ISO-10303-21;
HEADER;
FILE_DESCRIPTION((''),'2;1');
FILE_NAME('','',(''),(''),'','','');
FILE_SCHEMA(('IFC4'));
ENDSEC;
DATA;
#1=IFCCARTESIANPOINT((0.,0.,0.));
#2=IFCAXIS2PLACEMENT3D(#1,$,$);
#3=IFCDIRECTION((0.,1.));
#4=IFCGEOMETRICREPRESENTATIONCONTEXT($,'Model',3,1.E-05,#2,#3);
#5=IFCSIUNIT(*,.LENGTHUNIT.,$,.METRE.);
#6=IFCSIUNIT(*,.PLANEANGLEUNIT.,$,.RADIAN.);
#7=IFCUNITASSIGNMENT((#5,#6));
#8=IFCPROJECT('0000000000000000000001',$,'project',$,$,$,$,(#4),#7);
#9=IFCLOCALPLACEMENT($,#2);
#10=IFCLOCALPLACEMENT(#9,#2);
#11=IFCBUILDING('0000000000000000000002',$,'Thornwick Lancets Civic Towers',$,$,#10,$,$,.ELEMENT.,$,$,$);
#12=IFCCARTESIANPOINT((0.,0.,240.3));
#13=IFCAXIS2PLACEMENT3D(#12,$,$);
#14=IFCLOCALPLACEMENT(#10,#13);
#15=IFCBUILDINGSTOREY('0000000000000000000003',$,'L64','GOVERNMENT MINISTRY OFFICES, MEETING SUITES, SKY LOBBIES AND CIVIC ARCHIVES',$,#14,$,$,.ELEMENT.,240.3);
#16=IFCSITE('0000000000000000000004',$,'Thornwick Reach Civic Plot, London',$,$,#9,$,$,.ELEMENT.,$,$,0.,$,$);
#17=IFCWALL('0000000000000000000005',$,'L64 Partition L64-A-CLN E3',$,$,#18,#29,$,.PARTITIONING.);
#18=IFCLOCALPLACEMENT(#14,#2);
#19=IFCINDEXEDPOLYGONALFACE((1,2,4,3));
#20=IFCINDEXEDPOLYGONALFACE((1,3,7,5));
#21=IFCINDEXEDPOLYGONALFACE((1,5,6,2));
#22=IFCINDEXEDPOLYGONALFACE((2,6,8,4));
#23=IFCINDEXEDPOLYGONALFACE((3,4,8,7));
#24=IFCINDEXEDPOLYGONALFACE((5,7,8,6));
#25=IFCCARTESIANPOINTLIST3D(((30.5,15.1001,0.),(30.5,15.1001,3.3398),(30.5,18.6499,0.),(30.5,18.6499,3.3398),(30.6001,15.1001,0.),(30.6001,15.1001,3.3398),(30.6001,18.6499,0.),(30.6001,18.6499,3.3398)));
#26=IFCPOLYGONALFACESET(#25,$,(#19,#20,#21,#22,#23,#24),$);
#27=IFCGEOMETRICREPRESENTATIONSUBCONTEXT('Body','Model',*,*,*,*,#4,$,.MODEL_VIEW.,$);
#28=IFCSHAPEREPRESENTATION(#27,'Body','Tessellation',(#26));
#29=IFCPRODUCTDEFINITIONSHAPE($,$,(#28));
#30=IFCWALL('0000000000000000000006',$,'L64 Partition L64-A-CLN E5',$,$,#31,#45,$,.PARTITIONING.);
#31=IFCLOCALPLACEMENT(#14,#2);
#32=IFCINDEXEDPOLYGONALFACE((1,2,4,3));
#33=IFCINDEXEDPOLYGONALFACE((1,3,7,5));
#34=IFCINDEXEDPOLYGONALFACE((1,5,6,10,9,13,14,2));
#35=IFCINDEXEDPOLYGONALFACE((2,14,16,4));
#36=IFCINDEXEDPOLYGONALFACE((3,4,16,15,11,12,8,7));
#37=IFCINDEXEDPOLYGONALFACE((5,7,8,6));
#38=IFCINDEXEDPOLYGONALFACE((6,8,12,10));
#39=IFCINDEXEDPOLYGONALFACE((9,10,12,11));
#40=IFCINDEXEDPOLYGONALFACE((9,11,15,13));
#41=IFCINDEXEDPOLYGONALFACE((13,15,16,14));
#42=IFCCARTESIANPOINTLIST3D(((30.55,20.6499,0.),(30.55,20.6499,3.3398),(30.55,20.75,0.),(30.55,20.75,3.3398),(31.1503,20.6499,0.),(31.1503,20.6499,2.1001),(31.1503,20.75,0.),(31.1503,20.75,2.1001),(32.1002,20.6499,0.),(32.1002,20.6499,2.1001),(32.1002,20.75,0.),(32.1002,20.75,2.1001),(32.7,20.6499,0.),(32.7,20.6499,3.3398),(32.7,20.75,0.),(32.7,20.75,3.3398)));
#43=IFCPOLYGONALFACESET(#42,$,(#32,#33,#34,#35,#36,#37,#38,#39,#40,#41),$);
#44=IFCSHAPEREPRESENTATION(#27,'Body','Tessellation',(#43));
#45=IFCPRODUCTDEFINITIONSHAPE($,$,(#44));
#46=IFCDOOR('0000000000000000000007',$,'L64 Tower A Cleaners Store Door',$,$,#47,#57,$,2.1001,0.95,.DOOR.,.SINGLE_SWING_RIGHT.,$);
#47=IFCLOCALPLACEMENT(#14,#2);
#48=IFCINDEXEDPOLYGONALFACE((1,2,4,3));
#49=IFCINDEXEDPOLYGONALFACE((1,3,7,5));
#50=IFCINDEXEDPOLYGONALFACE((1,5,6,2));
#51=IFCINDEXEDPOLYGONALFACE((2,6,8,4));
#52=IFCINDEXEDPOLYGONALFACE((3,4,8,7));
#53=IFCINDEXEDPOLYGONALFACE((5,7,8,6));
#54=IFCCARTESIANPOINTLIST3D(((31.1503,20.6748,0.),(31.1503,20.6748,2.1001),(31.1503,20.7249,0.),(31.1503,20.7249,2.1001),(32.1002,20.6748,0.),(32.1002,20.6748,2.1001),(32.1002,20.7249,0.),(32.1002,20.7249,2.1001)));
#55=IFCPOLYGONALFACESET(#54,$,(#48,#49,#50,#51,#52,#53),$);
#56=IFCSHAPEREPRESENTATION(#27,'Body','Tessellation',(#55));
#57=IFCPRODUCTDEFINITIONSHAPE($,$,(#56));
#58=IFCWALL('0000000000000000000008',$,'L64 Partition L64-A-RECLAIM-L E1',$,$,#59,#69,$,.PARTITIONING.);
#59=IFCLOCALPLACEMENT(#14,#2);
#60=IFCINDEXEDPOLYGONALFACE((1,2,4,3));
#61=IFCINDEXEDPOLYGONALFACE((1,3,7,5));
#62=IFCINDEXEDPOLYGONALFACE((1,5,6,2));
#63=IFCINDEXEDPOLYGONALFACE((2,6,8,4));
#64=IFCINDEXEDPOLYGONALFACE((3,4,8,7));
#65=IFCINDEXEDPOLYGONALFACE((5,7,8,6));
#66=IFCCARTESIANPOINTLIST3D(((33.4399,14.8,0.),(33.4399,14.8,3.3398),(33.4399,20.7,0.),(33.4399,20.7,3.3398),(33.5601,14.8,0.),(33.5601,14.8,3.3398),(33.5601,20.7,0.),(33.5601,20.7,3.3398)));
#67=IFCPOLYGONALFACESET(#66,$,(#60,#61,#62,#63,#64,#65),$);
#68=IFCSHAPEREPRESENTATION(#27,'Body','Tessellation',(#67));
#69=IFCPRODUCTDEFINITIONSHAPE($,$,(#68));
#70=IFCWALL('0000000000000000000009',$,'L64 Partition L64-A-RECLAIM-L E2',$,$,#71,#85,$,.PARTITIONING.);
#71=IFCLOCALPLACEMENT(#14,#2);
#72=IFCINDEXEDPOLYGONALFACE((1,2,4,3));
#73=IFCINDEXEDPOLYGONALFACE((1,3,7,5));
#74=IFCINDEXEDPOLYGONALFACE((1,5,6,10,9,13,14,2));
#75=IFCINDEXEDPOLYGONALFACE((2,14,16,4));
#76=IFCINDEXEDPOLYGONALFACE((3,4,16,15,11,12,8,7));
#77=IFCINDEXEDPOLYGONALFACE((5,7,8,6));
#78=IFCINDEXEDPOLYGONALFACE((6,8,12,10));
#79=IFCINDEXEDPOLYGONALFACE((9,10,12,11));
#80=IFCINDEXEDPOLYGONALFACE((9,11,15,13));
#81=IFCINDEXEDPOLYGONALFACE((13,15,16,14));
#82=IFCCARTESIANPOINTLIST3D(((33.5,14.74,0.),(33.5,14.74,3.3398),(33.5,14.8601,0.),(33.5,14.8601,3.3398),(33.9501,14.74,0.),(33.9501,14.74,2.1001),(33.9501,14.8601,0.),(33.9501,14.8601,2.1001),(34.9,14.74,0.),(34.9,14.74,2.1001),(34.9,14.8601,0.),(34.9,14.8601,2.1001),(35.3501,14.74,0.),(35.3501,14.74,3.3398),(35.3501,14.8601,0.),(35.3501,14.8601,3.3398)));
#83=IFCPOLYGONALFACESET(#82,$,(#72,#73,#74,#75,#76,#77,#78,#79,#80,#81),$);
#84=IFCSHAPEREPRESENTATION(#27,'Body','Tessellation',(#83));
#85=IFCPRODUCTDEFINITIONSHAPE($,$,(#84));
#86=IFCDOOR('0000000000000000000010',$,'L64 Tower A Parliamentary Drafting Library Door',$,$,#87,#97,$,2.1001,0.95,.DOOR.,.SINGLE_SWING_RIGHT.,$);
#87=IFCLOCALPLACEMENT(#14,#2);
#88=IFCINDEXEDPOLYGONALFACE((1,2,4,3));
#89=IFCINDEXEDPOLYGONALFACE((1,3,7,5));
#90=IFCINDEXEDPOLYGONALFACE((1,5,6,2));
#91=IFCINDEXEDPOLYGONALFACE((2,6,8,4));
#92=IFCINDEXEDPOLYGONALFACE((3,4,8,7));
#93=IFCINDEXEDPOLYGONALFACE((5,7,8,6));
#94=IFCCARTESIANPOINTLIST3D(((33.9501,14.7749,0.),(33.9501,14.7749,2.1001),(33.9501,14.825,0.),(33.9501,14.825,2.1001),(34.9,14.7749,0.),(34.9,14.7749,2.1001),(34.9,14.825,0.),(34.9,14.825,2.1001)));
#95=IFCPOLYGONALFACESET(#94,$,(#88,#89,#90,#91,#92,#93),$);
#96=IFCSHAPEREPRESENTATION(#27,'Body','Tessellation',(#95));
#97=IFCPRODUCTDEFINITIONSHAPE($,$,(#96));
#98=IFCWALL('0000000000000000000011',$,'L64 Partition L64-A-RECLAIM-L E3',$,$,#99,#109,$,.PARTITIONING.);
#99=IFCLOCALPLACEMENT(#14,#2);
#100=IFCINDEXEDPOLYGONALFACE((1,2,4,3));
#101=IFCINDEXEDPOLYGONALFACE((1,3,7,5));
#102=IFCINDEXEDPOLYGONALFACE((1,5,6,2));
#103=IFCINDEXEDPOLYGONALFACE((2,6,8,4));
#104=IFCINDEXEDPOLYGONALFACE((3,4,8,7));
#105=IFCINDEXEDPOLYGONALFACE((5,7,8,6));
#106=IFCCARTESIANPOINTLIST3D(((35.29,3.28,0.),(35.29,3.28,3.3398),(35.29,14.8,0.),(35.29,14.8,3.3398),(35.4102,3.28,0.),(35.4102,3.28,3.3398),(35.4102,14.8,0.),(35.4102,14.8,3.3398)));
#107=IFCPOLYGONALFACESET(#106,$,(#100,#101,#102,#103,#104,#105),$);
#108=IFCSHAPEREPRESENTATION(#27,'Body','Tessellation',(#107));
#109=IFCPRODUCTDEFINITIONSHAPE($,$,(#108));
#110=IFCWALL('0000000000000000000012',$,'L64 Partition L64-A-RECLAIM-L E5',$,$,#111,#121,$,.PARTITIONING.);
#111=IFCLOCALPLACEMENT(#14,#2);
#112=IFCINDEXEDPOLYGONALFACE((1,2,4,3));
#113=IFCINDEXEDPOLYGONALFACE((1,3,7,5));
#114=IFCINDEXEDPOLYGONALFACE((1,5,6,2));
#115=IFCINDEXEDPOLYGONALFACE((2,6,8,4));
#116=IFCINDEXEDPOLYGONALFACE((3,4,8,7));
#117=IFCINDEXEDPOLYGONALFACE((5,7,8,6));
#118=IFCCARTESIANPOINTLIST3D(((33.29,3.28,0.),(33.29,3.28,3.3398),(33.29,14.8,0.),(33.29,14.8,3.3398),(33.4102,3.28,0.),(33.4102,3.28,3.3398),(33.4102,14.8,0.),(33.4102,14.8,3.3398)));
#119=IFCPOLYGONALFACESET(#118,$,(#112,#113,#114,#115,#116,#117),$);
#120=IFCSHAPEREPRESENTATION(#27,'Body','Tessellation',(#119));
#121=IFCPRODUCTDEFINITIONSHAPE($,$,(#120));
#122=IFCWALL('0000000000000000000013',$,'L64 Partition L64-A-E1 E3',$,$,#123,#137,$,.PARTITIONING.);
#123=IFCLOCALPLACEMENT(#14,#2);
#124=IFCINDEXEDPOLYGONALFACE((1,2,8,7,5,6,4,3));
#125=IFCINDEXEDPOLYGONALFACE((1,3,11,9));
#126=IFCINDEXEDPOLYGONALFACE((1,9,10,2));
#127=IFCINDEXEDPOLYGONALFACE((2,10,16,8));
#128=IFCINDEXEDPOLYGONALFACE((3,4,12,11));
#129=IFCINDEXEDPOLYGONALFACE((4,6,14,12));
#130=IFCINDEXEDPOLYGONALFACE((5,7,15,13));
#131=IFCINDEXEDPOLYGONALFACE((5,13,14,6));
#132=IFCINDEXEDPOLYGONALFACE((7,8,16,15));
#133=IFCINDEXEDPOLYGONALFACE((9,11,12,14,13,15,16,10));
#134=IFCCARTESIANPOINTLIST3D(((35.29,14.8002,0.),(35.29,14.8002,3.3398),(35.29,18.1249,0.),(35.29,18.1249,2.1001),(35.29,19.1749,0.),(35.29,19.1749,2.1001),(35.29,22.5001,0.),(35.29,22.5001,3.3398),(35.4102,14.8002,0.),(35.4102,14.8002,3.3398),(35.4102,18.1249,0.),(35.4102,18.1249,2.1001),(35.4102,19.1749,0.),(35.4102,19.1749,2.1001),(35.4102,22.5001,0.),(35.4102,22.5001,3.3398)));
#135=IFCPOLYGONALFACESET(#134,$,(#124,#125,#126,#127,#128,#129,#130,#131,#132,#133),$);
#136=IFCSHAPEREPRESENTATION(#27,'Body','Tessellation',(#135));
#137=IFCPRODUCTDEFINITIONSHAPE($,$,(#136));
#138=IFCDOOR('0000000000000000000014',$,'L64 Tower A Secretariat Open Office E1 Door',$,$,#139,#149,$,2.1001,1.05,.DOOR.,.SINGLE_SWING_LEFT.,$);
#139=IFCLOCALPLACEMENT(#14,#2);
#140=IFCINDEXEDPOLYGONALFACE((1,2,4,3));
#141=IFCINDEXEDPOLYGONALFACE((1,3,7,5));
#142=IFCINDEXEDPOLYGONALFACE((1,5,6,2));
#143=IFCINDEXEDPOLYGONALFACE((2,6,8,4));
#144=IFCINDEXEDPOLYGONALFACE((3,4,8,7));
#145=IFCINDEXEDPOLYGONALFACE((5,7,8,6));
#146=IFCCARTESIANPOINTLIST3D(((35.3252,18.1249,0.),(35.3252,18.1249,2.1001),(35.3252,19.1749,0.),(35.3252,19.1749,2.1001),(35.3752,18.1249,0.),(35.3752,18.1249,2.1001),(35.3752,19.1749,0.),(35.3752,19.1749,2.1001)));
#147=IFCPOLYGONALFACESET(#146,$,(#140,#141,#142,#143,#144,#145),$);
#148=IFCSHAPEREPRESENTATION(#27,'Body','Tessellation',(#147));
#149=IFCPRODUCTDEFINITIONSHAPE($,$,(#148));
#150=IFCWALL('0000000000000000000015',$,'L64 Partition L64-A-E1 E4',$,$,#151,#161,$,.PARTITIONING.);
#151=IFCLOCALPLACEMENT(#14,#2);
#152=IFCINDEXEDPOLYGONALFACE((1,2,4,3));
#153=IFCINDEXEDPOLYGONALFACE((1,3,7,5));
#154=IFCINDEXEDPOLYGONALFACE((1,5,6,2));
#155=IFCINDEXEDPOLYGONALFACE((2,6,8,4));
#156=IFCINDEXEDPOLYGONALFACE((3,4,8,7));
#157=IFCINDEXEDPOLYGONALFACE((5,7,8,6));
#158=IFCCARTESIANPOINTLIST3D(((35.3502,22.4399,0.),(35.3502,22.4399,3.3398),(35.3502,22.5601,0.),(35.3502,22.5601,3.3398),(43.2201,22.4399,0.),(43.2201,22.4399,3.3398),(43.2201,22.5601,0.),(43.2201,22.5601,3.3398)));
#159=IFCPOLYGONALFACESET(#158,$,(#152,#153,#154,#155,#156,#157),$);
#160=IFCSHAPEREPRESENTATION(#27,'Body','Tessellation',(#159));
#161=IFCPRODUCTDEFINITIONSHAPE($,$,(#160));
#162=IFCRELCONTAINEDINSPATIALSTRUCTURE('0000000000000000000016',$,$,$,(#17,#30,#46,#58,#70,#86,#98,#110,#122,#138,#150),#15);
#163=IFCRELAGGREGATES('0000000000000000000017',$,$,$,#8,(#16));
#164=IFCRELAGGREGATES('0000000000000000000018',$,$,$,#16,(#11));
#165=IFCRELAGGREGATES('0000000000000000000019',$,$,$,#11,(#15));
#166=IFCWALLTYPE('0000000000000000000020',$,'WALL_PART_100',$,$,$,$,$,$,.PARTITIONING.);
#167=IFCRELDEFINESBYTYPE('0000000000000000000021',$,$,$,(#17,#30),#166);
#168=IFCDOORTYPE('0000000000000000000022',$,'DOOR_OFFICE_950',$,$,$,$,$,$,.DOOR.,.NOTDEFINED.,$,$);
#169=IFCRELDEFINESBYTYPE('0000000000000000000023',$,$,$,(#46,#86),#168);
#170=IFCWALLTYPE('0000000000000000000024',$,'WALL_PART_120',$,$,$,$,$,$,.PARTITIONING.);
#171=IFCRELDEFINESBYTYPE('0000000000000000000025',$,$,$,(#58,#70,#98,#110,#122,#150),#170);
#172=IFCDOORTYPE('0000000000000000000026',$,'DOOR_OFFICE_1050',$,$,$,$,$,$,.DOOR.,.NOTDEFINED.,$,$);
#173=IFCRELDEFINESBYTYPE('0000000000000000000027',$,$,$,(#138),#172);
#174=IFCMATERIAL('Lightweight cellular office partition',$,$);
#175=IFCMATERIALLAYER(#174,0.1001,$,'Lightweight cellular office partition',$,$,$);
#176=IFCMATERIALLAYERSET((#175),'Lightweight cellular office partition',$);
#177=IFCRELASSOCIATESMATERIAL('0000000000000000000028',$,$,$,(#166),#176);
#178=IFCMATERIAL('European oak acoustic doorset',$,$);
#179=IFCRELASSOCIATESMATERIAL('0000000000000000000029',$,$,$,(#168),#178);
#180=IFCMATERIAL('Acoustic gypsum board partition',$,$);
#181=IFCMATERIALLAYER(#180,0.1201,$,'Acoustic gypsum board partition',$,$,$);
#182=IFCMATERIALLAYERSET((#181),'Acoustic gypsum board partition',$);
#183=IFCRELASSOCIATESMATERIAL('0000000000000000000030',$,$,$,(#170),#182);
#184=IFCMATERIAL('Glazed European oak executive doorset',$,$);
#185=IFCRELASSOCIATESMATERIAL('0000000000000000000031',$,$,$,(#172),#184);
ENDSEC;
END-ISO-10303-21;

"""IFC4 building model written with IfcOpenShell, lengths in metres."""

from ifc_helpers import new_model, si_unit, direction, frame, frame_2d, origin, place, context, subcontext, project, spatial, rectangle, extrude, material, layer, layer_set, type_object, element, fill, save


model = new_model("IFC4")

# Units and contexts
model_context = context("Model", 3, precision=1e-05, world=origin(), true_north=direction((0.0, 1.0)))
body_context = subcontext(model_context, "Body", "Model", "MODEL_VIEW")
ifc_project = project(units=[si_unit("LENGTHUNIT", "METRE"), si_unit("PLANEANGLEUNIT", "RADIAN")], contexts=[model_context])

# Site, building, storey
site_placement = place(None, origin())
site = spatial("IfcSite", under=ifc_project, at=site_placement, Name="Thornwick Reach Civic Plot, London", CompositionType="ELEMENT", RefElevation=0.0)
building_placement = place(site_placement, origin())
building = spatial("IfcBuilding", under=site, at=building_placement, Name="Thornwick Lancets Civic Towers", CompositionType="ELEMENT")
storey_placement = place(building_placement, frame((0.0, 0.0, 240.3)))
storey = spatial("IfcBuildingStorey", under=building, at=storey_placement, Name="L64", Description="GOVERNMENT MINISTRY OFFICES, MEETING SUITES, SKY LOBBIES AND CIVIC ARCHIVES", CompositionType="ELEMENT", Elevation=240.3)

# Wall
ifc_material_1 = material(Name="Lightweight cellular office partition")
ifc_layer_1 = layer(ifc_material_1, 0.1001, Name="Lightweight cellular office partition")
ifc_layer_set_1 = layer_set([ifc_layer_1], Name="Lightweight cellular office partition")
wall_type_1 = type_object("IfcWallType", Name="WALL_PART_100", PredefinedType="PARTITIONING", material=ifc_layer_set_1)
wall_1_placement = place(storey_placement, frame((30.55, 15.1001, 0.0), z_axis=(0.0, 0.0, 1.0), x_axis=(0.0, 1.0, 0.0)))
element("IfcWall", 1, at=wall_1_placement, inside=storey, type_object=wall_type_1, Name="L64 Partition L64-A-CLN E3", PredefinedType="PARTITIONING", context=body_context, shape_type="SweptSolid", body=[
    extrude(rectangle(XDim=3.5498, YDim=0.1001, at=frame_2d((1.7749, 0.0))), origin(), (0.0, 0.0, 1.0), 3.3398),
])

# Wall, opening, door
wall_2_placement = place(storey_placement, frame((30.55, 20.7, 0.0), z_axis=(0.0, 0.0, 1.0), x_axis=(1.0, 0.0, 0.0)))
wall_2 = element("IfcWall", 2, at=wall_2_placement, inside=storey, type_object=wall_type_1, Name="L64 Partition L64-A-CLN E5", PredefinedType="PARTITIONING", context=body_context, shape_type="SweptSolid", body=[
    extrude(rectangle(XDim=2.1499, YDim=0.1001, at=frame_2d((1.075, 0.0))), origin(), (0.0, 0.0, 1.0), 3.3398),
])
opening_1_placement = place(wall_2_placement, frame((0.6001, 0.0, 0.0)))
opening_1 = element("IfcOpeningElement", 3, at=opening_1_placement, cuts=wall_2, PredefinedType="OPENING", context=body_context, shape_type="SweptSolid", body=[
    extrude(rectangle(XDim=0.95, YDim=2.1001, at=frame_2d((0.4751, 1.05))), frame((0.0, 0.0601, 0.0), z_axis=(0.0, -1.0, 0.0), x_axis=(1.0, 0.0, 0.0)), (0.0, 0.0, 1.0), 0.1201),
])
ifc_material_2 = material(Name="European oak acoustic doorset")
door_type_1 = type_object("IfcDoorType", Name="DOOR_OFFICE_950", OperationType="NOTDEFINED", PredefinedType="DOOR", material=ifc_material_2)
door_1_placement = place(opening_1_placement, origin())
door_1 = element("IfcDoor", 4, at=door_1_placement, inside=storey, type_object=door_type_1, Name="L64 Tower A Cleaners Store Door", OperationType="SINGLE_SWING_RIGHT", OverallHeight=2.1001, OverallWidth=0.95, PredefinedType="DOOR", context=body_context, shape_type="SweptSolid", body=[
    extrude(rectangle(XDim=0.95, YDim=2.1001, at=frame_2d((0.4751, 1.05))), frame((0.0, 0.0249, 0.0), z_axis=(0.0, -1.0, 0.0), x_axis=(1.0, 0.0, 0.0)), (0.0, 0.0, 1.0), 0.05),
])
fill(opening_1, door_1)

# Wall
ifc_material_3 = material(Name="Acoustic gypsum board partition")
ifc_layer_2 = layer(ifc_material_3, 0.1201, Name="Acoustic gypsum board partition")
ifc_layer_set_2 = layer_set([ifc_layer_2], Name="Acoustic gypsum board partition")
wall_type_2 = type_object("IfcWallType", Name="WALL_PART_120", PredefinedType="PARTITIONING", material=ifc_layer_set_2)
wall_3_placement = place(storey_placement, frame((33.5, 20.7, 0.0), z_axis=(0.0, 0.0, 1.0), x_axis=(0.0, -1.0, 0.0)))
element("IfcWall", 5, at=wall_3_placement, inside=storey, type_object=wall_type_2, Name="L64 Partition L64-A-RECLAIM-L E1", PredefinedType="PARTITIONING", context=body_context, shape_type="SweptSolid", body=[
    extrude(rectangle(XDim=5.8999, YDim=0.1201, at=frame_2d((2.95, 0.0))), origin(), (0.0, 0.0, 1.0), 3.3398),
])

# Wall, opening, door
wall_4_placement = place(storey_placement, frame((33.5, 14.8, 0.0), z_axis=(0.0, 0.0, 1.0), x_axis=(1.0, 0.0, 0.0)))
wall_4 = element("IfcWall", 6, at=wall_4_placement, inside=storey, type_object=wall_type_2, Name="L64 Partition L64-A-RECLAIM-L E2", PredefinedType="PARTITIONING", context=body_context, shape_type="SweptSolid", body=[
    extrude(rectangle(XDim=1.8501, YDim=0.1201, at=frame_2d((0.925, 0.0))), origin(), (0.0, 0.0, 1.0), 3.3398),
])
opening_2_placement = place(wall_4_placement, frame((0.45, 0.0, 0.0)))
opening_2 = element("IfcOpeningElement", 7, at=opening_2_placement, cuts=wall_4, PredefinedType="OPENING", context=body_context, shape_type="SweptSolid", body=[
    extrude(rectangle(XDim=0.95, YDim=2.1001, at=frame_2d((0.4751, 1.05))), frame((0.0, 0.0701, 0.0), z_axis=(0.0, -1.0, 0.0), x_axis=(1.0, 0.0, 0.0)), (0.0, 0.0, 1.0), 0.1401),
])
door_2_placement = place(opening_2_placement, origin())
door_2 = element("IfcDoor", 8, at=door_2_placement, inside=storey, type_object=door_type_1, Name="L64 Tower A Parliamentary Drafting Library Door", OperationType="SINGLE_SWING_RIGHT", OverallHeight=2.1001, OverallWidth=0.95, PredefinedType="DOOR", context=body_context, shape_type="SweptSolid", body=[
    extrude(rectangle(XDim=0.95, YDim=2.1001, at=frame_2d((0.4751, 1.05))), frame((0.0, 0.0249, 0.0), z_axis=(0.0, -1.0, 0.0), x_axis=(1.0, 0.0, 0.0)), (0.0, 0.0, 1.0), 0.05),
])
fill(opening_2, door_2)

# Walls
for number, where, z_axis, x_axis, name in (
    (9, (35.3501, 14.8, 0.0), (0.0, 0.0, 1.0), (0.0, -1.0, 0.0), "L64 Partition L64-A-RECLAIM-L E3"),
    (10, (33.3501, 3.28, 0.0), (0.0, 0.0, 1.0), (0.0, 1.0, 0.0), "L64 Partition L64-A-RECLAIM-L E5"),
):
    element("IfcWall", number, at=place(storey_placement, frame(where, z_axis=z_axis, x_axis=x_axis)), inside=storey, type_object=wall_type_2, Name=name, PredefinedType="PARTITIONING", context=body_context, shape_type="SweptSolid", body=[
        extrude(rectangle(XDim=11.52, YDim=0.1201, at=frame_2d((5.76, 0.0))), origin(), (0.0, 0.0, 1.0), 3.3398),
    ])

# Wall, opening, door
wall_5_placement = place(storey_placement, frame((35.3501, 14.8, 0.0), z_axis=(0.0, 0.0, 1.0), x_axis=(0.0, 1.0, 0.0)))
wall_5 = element("IfcWall", 11, at=wall_5_placement, inside=storey, type_object=wall_type_2, Name="L64 Partition L64-A-E1 E3", PredefinedType="PARTITIONING", context=body_context, shape_type="SweptSolid", body=[
    extrude(rectangle(XDim=7.7, YDim=0.1201, at=frame_2d((3.8501, 0.0))), origin(), (0.0, 0.0, 1.0), 3.3398),
])
opening_3_placement = place(wall_5_placement, frame((3.325, 0.0, 0.0)))
opening_3 = element("IfcOpeningElement", 12, at=opening_3_placement, cuts=wall_5, PredefinedType="OPENING", context=body_context, shape_type="SweptSolid", body=[
    extrude(rectangle(XDim=1.05, YDim=2.1001, at=frame_2d((0.5249, 1.05))), frame((0.0, 0.0701, 0.0), z_axis=(0.0, -1.0, 0.0), x_axis=(1.0, 0.0, 0.0)), (0.0, 0.0, 1.0), 0.1401),
])
ifc_material_4 = material(Name="Glazed European oak executive doorset")
door_type_2 = type_object("IfcDoorType", Name="DOOR_OFFICE_1050", OperationType="NOTDEFINED", PredefinedType="DOOR", material=ifc_material_4)
door_3_placement = place(opening_3_placement, origin())
door_3 = element("IfcDoor", 13, at=door_3_placement, inside=storey, type_object=door_type_2, Name="L64 Tower A Secretariat Open Office E1 Door", OperationType="SINGLE_SWING_LEFT", OverallHeight=2.1001, OverallWidth=1.05, PredefinedType="DOOR", context=body_context, shape_type="SweptSolid", body=[
    extrude(rectangle(XDim=1.05, YDim=2.1001, at=frame_2d((0.5249, 1.05))), frame((0.0, 0.0249, 0.0), z_axis=(0.0, -1.0, 0.0), x_axis=(1.0, 0.0, 0.0)), (0.0, 0.0, 1.0), 0.05),
])
fill(opening_3, door_3)

# Wall
wall_6_placement = place(storey_placement, frame((35.3501, 22.5, 0.0), z_axis=(0.0, 0.0, 1.0), x_axis=(1.0, 0.0, 0.0)))
element("IfcWall", 14, at=wall_6_placement, inside=storey, type_object=wall_type_2, Name="L64 Partition L64-A-E1 E4", PredefinedType="PARTITIONING", context=body_context, shape_type="SweptSolid", body=[
    extrude(rectangle(XDim=7.8699, YDim=0.1201, at=frame_2d((3.9351, 0.0))), origin(), (0.0, 0.0, 1.0), 3.3398),
])

save(model, "model.ifc")
